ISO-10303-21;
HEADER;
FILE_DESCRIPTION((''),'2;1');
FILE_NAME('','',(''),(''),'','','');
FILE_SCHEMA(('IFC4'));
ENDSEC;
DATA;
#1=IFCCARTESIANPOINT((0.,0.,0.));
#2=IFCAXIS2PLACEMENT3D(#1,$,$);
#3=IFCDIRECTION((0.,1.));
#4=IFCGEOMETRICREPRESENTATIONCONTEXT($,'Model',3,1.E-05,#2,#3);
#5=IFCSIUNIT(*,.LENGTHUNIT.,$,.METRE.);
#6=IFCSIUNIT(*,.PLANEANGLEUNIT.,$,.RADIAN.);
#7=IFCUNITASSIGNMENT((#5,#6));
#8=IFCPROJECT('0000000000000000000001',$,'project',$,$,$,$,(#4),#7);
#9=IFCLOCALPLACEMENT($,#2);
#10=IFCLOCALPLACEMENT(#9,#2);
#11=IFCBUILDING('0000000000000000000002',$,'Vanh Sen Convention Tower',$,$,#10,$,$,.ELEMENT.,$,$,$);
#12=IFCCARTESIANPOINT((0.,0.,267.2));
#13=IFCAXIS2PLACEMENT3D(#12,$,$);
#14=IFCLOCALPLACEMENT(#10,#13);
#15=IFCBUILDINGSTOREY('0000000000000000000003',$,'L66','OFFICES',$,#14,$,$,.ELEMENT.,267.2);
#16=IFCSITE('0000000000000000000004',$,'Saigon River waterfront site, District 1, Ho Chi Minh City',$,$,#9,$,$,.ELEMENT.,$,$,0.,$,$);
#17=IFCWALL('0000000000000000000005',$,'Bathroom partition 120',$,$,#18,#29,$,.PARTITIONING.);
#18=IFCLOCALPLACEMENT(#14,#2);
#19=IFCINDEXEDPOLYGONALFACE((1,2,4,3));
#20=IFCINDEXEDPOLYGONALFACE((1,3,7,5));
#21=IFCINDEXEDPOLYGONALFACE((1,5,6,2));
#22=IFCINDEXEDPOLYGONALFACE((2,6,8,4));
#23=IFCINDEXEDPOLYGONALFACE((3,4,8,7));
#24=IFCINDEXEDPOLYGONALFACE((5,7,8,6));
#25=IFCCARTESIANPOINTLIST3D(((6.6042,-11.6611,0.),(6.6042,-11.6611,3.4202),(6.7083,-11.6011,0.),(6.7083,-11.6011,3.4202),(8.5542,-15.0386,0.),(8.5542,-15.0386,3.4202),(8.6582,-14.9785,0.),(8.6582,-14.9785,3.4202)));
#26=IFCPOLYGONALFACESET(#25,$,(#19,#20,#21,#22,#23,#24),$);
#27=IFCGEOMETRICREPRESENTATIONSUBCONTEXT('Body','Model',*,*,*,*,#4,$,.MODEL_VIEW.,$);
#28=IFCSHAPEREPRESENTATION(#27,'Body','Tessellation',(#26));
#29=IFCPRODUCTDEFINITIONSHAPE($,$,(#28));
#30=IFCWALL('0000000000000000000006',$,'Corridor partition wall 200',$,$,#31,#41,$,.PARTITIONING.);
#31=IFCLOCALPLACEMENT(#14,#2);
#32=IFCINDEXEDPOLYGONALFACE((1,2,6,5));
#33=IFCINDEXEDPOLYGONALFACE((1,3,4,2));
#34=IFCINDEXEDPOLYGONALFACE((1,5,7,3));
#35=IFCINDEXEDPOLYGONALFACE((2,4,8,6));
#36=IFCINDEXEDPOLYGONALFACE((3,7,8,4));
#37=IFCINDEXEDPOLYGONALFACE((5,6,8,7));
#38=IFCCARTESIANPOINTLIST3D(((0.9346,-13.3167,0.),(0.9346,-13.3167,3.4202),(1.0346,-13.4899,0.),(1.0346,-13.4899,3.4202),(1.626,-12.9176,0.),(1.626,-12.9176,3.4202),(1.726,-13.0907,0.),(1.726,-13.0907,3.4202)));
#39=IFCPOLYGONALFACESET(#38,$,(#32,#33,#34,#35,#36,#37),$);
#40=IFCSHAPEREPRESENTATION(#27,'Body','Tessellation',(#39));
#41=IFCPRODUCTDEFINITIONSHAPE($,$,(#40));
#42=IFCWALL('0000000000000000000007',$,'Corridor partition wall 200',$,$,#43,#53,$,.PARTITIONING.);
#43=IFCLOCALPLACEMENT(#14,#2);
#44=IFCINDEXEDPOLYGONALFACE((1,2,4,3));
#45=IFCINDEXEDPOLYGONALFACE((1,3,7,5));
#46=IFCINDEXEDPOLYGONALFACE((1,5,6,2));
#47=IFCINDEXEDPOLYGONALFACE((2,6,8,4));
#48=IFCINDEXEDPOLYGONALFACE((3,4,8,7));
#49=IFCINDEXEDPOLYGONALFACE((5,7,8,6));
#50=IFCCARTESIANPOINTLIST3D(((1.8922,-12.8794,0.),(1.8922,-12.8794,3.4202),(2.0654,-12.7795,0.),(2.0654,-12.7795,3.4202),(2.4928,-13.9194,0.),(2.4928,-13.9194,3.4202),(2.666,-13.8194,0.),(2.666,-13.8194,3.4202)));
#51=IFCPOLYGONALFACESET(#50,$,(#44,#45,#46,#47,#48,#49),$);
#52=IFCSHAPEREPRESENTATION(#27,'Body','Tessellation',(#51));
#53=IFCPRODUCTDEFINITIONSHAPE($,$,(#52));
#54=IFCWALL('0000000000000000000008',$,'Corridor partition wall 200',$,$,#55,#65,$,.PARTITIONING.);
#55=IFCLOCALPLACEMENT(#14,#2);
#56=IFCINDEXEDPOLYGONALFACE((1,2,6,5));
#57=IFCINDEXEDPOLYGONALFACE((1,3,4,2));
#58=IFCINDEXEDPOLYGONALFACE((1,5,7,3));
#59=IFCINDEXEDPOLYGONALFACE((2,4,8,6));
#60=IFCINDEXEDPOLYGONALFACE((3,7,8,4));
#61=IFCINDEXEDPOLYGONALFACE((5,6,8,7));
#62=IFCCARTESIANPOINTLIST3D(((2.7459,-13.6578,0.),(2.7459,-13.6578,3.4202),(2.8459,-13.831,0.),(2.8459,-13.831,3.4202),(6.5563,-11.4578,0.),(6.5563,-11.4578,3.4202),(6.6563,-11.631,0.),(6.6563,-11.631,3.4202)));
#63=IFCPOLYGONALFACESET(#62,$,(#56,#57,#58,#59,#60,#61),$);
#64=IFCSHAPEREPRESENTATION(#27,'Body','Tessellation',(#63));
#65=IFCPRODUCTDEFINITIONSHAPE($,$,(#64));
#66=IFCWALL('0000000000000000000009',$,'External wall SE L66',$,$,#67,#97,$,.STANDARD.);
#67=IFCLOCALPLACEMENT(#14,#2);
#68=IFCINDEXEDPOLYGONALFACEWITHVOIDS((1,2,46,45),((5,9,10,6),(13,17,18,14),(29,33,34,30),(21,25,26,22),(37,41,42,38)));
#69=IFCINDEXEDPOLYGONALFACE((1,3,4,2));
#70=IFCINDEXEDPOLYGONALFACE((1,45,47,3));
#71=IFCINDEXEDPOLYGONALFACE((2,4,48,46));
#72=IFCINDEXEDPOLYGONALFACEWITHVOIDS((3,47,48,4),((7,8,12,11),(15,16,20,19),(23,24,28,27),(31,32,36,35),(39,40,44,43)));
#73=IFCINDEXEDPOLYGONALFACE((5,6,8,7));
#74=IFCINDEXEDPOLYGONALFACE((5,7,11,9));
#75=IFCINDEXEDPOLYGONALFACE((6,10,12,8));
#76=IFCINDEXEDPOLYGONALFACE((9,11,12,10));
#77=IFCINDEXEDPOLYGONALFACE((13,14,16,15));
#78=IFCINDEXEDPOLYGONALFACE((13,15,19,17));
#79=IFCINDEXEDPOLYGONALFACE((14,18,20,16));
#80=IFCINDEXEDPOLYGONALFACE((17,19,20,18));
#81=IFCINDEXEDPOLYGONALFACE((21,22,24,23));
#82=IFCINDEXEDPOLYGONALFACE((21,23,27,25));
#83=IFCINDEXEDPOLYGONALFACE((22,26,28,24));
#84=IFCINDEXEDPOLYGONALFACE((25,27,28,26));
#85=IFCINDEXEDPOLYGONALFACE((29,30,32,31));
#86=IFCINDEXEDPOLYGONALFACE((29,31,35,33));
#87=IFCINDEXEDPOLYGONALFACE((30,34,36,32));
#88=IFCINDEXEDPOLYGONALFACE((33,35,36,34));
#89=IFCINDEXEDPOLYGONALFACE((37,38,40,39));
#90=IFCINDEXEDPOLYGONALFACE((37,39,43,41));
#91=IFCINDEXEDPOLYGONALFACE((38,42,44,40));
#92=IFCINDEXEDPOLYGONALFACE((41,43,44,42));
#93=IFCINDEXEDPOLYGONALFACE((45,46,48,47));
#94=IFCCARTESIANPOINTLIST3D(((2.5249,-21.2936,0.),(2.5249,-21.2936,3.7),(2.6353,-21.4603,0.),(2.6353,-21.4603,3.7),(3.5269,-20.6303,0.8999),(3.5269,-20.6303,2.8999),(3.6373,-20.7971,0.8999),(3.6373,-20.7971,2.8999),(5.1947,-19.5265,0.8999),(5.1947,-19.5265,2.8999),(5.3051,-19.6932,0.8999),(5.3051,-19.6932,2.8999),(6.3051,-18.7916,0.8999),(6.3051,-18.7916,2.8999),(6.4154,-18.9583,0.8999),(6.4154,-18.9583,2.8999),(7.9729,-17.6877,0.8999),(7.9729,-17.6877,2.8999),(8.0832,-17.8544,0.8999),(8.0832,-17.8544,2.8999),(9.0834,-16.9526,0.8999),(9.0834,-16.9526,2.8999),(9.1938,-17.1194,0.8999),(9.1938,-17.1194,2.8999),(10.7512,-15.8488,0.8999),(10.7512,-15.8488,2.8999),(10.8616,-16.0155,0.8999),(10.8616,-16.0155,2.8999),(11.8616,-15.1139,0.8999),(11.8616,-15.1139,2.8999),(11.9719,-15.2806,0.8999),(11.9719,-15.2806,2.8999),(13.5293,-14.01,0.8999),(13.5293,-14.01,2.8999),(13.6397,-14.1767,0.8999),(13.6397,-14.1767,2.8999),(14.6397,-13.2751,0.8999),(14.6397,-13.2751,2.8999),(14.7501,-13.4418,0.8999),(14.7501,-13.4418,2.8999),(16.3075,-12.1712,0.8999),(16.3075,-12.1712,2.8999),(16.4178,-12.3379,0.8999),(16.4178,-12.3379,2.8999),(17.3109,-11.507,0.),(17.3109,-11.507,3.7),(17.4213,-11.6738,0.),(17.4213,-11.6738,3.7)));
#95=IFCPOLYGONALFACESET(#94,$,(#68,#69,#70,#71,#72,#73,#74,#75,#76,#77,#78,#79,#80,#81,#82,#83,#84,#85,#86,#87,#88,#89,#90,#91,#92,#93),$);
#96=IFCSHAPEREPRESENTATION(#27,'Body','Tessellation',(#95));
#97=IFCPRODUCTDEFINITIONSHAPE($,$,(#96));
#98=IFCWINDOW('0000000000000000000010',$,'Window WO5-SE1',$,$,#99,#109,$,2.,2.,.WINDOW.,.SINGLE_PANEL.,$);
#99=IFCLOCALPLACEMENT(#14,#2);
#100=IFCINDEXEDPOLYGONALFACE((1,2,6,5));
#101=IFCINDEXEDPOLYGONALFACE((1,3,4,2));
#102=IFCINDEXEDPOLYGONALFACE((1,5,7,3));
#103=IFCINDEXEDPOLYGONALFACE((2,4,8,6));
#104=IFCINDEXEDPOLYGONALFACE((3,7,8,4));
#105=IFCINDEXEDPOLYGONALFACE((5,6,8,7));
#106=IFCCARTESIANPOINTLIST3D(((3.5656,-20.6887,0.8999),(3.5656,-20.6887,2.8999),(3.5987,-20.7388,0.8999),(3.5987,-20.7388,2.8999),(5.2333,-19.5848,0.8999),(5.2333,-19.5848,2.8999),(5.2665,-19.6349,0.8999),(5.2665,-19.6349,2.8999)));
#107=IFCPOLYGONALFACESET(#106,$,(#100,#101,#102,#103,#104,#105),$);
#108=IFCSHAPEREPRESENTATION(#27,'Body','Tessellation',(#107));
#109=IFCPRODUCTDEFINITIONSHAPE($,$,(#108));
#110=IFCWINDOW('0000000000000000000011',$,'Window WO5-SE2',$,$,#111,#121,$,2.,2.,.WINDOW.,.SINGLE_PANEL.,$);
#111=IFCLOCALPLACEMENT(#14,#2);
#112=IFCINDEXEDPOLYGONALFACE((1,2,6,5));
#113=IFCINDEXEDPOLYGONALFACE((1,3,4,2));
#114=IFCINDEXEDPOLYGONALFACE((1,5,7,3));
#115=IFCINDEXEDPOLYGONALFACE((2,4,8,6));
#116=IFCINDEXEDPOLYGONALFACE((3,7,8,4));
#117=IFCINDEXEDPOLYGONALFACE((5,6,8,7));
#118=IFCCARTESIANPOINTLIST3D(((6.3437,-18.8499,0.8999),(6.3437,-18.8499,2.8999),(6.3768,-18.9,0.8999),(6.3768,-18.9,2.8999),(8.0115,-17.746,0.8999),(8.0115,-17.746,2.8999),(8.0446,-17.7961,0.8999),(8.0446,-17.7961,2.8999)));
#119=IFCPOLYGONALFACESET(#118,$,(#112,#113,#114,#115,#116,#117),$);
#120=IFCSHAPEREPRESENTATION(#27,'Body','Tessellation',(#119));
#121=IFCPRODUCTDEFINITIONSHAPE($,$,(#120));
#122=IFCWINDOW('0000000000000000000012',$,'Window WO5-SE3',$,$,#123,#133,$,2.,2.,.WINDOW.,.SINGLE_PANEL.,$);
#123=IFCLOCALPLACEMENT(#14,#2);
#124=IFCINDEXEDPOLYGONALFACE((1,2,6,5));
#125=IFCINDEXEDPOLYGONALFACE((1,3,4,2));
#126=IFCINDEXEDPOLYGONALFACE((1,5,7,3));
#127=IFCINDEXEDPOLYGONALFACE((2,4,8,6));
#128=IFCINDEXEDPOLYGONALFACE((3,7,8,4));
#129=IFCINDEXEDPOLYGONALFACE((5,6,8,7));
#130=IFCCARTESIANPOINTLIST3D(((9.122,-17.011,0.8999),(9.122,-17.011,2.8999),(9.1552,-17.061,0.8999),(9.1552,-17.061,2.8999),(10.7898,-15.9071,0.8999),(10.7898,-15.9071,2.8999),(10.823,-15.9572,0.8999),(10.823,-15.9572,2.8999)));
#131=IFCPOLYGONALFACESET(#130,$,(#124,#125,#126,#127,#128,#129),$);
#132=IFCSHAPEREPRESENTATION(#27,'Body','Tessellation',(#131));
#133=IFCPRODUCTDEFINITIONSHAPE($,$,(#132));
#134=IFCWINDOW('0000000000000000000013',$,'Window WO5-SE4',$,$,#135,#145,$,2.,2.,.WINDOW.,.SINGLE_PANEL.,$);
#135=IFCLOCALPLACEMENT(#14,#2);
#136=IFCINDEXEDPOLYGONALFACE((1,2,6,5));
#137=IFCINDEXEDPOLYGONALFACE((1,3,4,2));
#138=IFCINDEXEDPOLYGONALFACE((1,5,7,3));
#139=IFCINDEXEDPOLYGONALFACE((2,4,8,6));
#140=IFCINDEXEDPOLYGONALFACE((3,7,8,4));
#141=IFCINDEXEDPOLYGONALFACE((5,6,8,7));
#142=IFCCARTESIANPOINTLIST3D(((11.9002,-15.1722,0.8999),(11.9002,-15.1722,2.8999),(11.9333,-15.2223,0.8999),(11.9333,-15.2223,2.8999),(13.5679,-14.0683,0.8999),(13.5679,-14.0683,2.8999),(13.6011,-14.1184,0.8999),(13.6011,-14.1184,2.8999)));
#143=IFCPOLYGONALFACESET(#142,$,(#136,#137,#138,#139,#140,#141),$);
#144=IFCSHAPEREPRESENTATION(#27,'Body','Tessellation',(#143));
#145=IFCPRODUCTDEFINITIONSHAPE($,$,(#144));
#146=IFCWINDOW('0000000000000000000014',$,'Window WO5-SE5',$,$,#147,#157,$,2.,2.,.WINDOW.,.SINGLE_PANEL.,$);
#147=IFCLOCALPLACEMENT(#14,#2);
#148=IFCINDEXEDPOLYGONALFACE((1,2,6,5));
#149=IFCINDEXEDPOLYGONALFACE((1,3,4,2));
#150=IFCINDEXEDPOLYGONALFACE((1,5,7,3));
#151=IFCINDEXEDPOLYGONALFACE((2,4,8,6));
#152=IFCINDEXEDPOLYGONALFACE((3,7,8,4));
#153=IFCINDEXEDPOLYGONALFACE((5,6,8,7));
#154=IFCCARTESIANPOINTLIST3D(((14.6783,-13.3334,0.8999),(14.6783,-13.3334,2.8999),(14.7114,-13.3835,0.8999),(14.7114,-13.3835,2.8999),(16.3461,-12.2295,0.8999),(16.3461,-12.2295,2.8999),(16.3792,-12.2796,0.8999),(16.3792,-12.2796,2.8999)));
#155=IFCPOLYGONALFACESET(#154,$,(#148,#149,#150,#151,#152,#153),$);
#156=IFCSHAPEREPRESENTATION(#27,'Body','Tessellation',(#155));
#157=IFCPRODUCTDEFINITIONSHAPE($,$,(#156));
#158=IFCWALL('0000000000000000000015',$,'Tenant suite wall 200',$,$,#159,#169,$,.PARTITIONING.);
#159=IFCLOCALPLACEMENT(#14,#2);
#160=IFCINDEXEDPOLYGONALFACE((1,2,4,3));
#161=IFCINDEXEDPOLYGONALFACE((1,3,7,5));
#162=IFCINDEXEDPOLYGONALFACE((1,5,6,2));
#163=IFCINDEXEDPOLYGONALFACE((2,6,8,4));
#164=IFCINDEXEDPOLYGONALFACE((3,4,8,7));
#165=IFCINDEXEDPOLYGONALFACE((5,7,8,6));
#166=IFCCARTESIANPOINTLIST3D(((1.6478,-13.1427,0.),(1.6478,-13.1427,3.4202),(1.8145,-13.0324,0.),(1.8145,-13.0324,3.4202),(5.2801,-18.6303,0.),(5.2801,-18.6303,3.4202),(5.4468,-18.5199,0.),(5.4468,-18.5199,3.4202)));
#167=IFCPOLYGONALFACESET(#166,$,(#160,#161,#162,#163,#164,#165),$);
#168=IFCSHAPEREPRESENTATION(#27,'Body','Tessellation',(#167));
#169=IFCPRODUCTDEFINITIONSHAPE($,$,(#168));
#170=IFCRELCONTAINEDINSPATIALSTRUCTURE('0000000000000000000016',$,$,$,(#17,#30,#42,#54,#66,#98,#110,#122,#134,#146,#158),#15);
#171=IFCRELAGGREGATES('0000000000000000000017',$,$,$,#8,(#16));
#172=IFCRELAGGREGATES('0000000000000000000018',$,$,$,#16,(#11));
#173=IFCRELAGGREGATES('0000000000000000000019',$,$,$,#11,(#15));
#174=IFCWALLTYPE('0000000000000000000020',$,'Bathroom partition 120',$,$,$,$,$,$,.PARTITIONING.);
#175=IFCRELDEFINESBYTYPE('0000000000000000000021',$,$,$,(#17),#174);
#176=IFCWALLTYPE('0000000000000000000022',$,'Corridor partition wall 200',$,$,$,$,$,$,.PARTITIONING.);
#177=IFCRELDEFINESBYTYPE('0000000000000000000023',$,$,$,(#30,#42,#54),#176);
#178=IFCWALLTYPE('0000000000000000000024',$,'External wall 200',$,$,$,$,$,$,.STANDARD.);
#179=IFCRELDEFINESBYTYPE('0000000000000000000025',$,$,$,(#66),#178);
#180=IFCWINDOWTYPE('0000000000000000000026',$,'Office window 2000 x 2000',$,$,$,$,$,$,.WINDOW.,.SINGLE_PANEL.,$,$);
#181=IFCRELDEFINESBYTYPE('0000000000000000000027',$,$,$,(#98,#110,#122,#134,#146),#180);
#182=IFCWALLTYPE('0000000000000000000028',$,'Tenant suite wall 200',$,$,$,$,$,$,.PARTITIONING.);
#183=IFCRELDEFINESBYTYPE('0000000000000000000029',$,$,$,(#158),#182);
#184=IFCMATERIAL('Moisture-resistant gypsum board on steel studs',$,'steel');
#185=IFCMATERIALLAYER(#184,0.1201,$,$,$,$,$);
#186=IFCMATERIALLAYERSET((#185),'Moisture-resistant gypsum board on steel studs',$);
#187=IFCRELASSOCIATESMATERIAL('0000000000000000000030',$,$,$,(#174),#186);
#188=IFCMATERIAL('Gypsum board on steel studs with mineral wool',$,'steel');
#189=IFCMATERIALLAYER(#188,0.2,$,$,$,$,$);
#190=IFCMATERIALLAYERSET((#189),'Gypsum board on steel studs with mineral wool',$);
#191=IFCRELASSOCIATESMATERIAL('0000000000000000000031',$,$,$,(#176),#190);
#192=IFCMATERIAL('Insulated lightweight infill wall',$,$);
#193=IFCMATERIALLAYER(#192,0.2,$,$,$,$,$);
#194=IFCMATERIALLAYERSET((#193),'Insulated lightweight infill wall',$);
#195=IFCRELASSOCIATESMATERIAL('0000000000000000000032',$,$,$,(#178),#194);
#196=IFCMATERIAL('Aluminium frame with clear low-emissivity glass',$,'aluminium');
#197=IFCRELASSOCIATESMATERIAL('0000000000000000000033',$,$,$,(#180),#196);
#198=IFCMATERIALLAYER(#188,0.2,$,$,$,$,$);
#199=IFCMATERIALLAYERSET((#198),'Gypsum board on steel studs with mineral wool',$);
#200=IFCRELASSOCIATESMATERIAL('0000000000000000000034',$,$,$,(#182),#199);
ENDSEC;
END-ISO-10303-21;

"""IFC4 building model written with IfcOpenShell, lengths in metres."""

from ifc_helpers import new_model, si_unit, direction, frame, frame_2d, origin, place, context, subcontext, project, spatial, rectangle, extrude, material, layer, layer_set, type_object, element, fill, save


model = new_model("IFC4")

# Units and contexts
model_context = context("Model", 3, precision=1e-05, world=origin(), true_north=direction((0.0, 1.0)))
body_context = subcontext(model_context, "Body", "Model", "MODEL_VIEW")
ifc_project = project(units=[si_unit("LENGTHUNIT", "METRE"), si_unit("PLANEANGLEUNIT", "RADIAN")], contexts=[model_context])

# Site, building, storey
site_placement = place(None, origin())
site = spatial("IfcSite", under=ifc_project, at=site_placement, Name="Saigon River waterfront site, District 1, Ho Chi Minh City", CompositionType="ELEMENT", RefElevation=0.0)
building_placement = place(site_placement, origin())
building = spatial("IfcBuilding", under=site, at=building_placement, Name="Vanh Sen Convention Tower", CompositionType="ELEMENT")
storey_placement = place(building_placement, frame((0.0, 0.0, 267.2)))
storey = spatial("IfcBuildingStorey", under=building, at=storey_placement, Name="L66", Description="OFFICES", CompositionType="ELEMENT", Elevation=267.2)

# Walls
ifc_material_1 = material(Name="Moisture-resistant gypsum board on steel studs", Category="steel")
ifc_layer_1 = layer(ifc_material_1, 0.1201)
ifc_layer_set_1 = layer_set([ifc_layer_1], Name="Moisture-resistant gypsum board on steel studs")
wall_type_1 = type_object("IfcWallType", Name="Bathroom partition 120", PredefinedType="PARTITIONING", material=ifc_layer_set_1)
wall_1_placement = place(storey_placement, frame((6.6562, -11.6311, 0.0), z_axis=(0.0, 0.0, 1.0), x_axis=(0.499997, -0.866027, 0.0)))
element("IfcWall", 1, at=wall_1_placement, inside=storey, type_object=wall_type_1, Name="Bathroom partition 120", PredefinedType="PARTITIONING", context=body_context, shape_type="SweptSolid", body=[
    extrude(rectangle(XDim=3.8999, YDim=0.1201, at=frame_2d((1.95, 0.0))), origin(), (0.0, 0.0, 1.0), 3.4202),
])
ifc_material_2 = material(Name="Gypsum board on steel studs with mineral wool", Category="steel")
ifc_layer_2 = layer(ifc_material_2, 0.2)
ifc_layer_set_2 = layer_set([ifc_layer_2], Name="Gypsum board on steel studs with mineral wool")
wall_type_2 = type_object("IfcWallType", Name="Corridor partition wall 200", PredefinedType="PARTITIONING", material=ifc_layer_set_2)
wall_2_placement = place(storey_placement, frame((0.9846, -13.4033, 0.0), z_axis=(0.0, 0.0, 1.0), x_axis=(0.866033, 0.499987, 0.0)))
element("IfcWall", 2, at=wall_2_placement, inside=storey, type_object=wall_type_2, Name="Corridor partition wall 200", PredefinedType="PARTITIONING", context=body_context, shape_type="SweptSolid", body=[
    extrude(rectangle(XDim=0.7983, YDim=0.2, at=frame_2d((0.3992, 0.0))), origin(), (0.0, 0.0, 1.0), 3.4202),
])
wall_3_placement = place(storey_placement, frame((1.9788, -12.8293, 0.0), z_axis=(0.0, 0.0, 1.0), x_axis=(0.500074, -0.865982, 0.0)))
element("IfcWall", 3, at=wall_3_placement, inside=storey, type_object=wall_type_2, Name="Corridor partition wall 200", PredefinedType="PARTITIONING", context=body_context, shape_type="SweptSolid", body=[
    extrude(rectangle(XDim=1.2009, YDim=0.2, at=frame_2d((0.6006, 0.0))), origin(), (0.0, 0.0, 1.0), 3.4202),
])
wall_4_placement = place(storey_placement, frame((2.7959, -13.7444, 0.0), z_axis=(0.0, 0.0, 1.0), x_axis=(0.866018, 0.500012, 0.0)))
element("IfcWall", 4, at=wall_4_placement, inside=storey, type_object=wall_type_2, Name="Corridor partition wall 200", PredefinedType="PARTITIONING", context=body_context, shape_type="SweptSolid", body=[
    extrude(rectangle(XDim=4.3999, YDim=0.2, at=frame_2d((2.2, 0.0))), origin(), (0.0, 0.0, 1.0), 3.4202),
])

# Wall, openings, windows
ifc_material_3 = material(Name="Insulated lightweight infill wall")
ifc_layer_3 = layer(ifc_material_3, 0.2)
ifc_layer_set_3 = layer_set([ifc_layer_3], Name="Insulated lightweight infill wall")
wall_type_3 = type_object("IfcWallType", Name="External wall 200", PredefinedType="STANDARD", material=ifc_layer_set_3)
wall_5_placement = place(storey_placement, frame((2.5801, -21.377, 0.0), z_axis=(0.0, 0.0, 1.0), x_axis=(0.833889, 0.551933, 0.0)))
wall_5 = element("IfcWall", 5, at=wall_5_placement, inside=storey, type_object=wall_type_3, Name="External wall SE L66", PredefinedType="STANDARD", context=body_context, shape_type="SweptSolid", body=[
    extrude(rectangle(XDim=17.7314, YDim=0.2, at=frame_2d((8.8657, 0.0))), origin(), (0.0, 0.0, 1.0), 3.7),
])
opening_1_placement = place(wall_5_placement, frame((1.2017, 0.0, 0.8999)))
opening_1 = element("IfcOpeningElement", 6, at=opening_1_placement, cuts=wall_5, PredefinedType="OPENING", context=body_context, shape_type="SweptSolid", body=[
    extrude(rectangle(XDim=2.0, YDim=2.0, at=frame_2d((1.0, 1.0))), frame((0.0, 0.1099, 0.0), z_axis=(0.0, -1.0, 0.0), x_axis=(1.0, 0.0, 0.0)), (0.0, 0.0, 1.0), 0.22),
])
opening_2_placement = place(wall_5_placement, frame((4.5332, 0.0, 0.8999)))
opening_2 = element("IfcOpeningElement", 7, at=opening_2_placement, cuts=wall_5, PredefinedType="OPENING", context=body_context, shape_type="SweptSolid", body=[
    extrude(rectangle(XDim=2.0, YDim=2.0, at=frame_2d((1.0, 1.0))), frame((0.0, 0.1099, 0.0), z_axis=(0.0, -1.0, 0.0), x_axis=(1.0, 0.0, 0.0)), (0.0, 0.0, 1.0), 0.22),
])
opening_3_placement = place(wall_5_placement, frame((7.865, 0.0, 0.8999)))
opening_3 = element("IfcOpeningElement", 8, at=opening_3_placement, cuts=wall_5, PredefinedType="OPENING", context=body_context, shape_type="SweptSolid", body=[
    extrude(rectangle(XDim=2.0, YDim=2.0, at=frame_2d((1.0, 1.0))), frame((0.0, 0.1099, 0.0), z_axis=(0.0, -1.0, 0.0), x_axis=(1.0, 0.0, 0.0)), (0.0, 0.0, 1.0), 0.22),
])
opening_4_placement = place(wall_5_placement, frame((11.1965, 0.0, 0.8999)))
opening_4 = element("IfcOpeningElement", 9, at=opening_4_placement, cuts=wall_5, PredefinedType="OPENING", context=body_context, shape_type="SweptSolid", body=[
    extrude(rectangle(XDim=2.0, YDim=2.0, at=frame_2d((1.0, 1.0))), frame((0.0, 0.1099, 0.0), z_axis=(0.0, -1.0, 0.0), x_axis=(1.0, 0.0, 0.0)), (0.0, 0.0, 1.0), 0.22),
])
opening_5_placement = place(wall_5_placement, frame((14.5281, 0.0, 0.8999)))
opening_5 = element("IfcOpeningElement", 10, at=opening_5_placement, cuts=wall_5, PredefinedType="OPENING", context=body_context, shape_type="SweptSolid", body=[
    extrude(rectangle(XDim=2.0, YDim=2.0, at=frame_2d((1.0, 1.0))), frame((0.0, 0.1099, 0.0), z_axis=(0.0, -1.0, 0.0), x_axis=(1.0, 0.0, 0.0)), (0.0, 0.0, 1.0), 0.22),
])
ifc_material_4 = material(Name="Aluminium frame with clear low-emissivity glass", Category="aluminium")
window_type = type_object("IfcWindowType", Name="Office window 2000 x 2000", PartitioningType="SINGLE_PANEL", PredefinedType="WINDOW", material=ifc_material_4)
window_1_placement = place(opening_1_placement, origin())
window_1 = element("IfcWindow", 11, at=window_1_placement, inside=storey, type_object=window_type, Name="Window WO5-SE1", OverallHeight=2.0, OverallWidth=2.0, PartitioningType="SINGLE_PANEL", PredefinedType="WINDOW", context=body_context, shape_type="SweptSolid", body=[
    extrude(rectangle(XDim=2.0, YDim=2.0, at=frame_2d((1.0, 1.0))), frame((0.0, 0.03, 0.0), z_axis=(0.0, -1.0, 0.0), x_axis=(1.0, 0.0, 0.0)), (0.0, 0.0, 1.0), 0.0601),
])
fill(opening_1, window_1)
window_2_placement = place(opening_2_placement, origin())
window_2 = element("IfcWindow", 12, at=window_2_placement, inside=storey, type_object=window_type, Name="Window WO5-SE2", OverallHeight=2.0, OverallWidth=2.0, PartitioningType="SINGLE_PANEL", PredefinedType="WINDOW", context=body_context, shape_type="SweptSolid", body=[
    extrude(rectangle(XDim=2.0, YDim=2.0, at=frame_2d((1.0, 1.0))), frame((0.0, 0.03, 0.0), z_axis=(0.0, -1.0, 0.0), x_axis=(1.0, 0.0, 0.0)), (0.0, 0.0, 1.0), 0.0601),
])
fill(opening_2, window_2)
window_3_placement = place(opening_3_placement, origin())
window_3 = element("IfcWindow", 13, at=window_3_placement, inside=storey, type_object=window_type, Name="Window WO5-SE3", OverallHeight=2.0, OverallWidth=2.0, PartitioningType="SINGLE_PANEL", PredefinedType="WINDOW", context=body_context, shape_type="SweptSolid", body=[
    extrude(rectangle(XDim=2.0, YDim=2.0, at=frame_2d((1.0, 1.0))), frame((0.0, 0.03, 0.0), z_axis=(0.0, -1.0, 0.0), x_axis=(1.0, 0.0, 0.0)), (0.0, 0.0, 1.0), 0.0601),
])
fill(opening_3, window_3)
window_4_placement = place(opening_4_placement, origin())
window_4 = element("IfcWindow", 14, at=window_4_placement, inside=storey, type_object=window_type, Name="Window WO5-SE4", OverallHeight=2.0, OverallWidth=2.0, PartitioningType="SINGLE_PANEL", PredefinedType="WINDOW", context=body_context, shape_type="SweptSolid", body=[
    extrude(rectangle(XDim=2.0, YDim=2.0, at=frame_2d((1.0, 1.0))), frame((0.0, 0.03, 0.0), z_axis=(0.0, -1.0, 0.0), x_axis=(1.0, 0.0, 0.0)), (0.0, 0.0, 1.0), 0.0601),
])
fill(opening_4, window_4)
window_5_placement = place(opening_5_placement, origin())
window_5 = element("IfcWindow", 15, at=window_5_placement, inside=storey, type_object=window_type, Name="Window WO5-SE5", OverallHeight=2.0, OverallWidth=2.0, PartitioningType="SINGLE_PANEL", PredefinedType="WINDOW", context=body_context, shape_type="SweptSolid", body=[
    extrude(rectangle(XDim=2.0, YDim=2.0, at=frame_2d((1.0, 1.0))), frame((0.0, 0.03, 0.0), z_axis=(0.0, -1.0, 0.0), x_axis=(1.0, 0.0, 0.0)), (0.0, 0.0, 1.0), 0.0601),
])
fill(opening_5, window_5)

# Wall
ifc_layer_4 = layer(ifc_material_2, 0.2)
ifc_layer_set_4 = layer_set([ifc_layer_4], Name="Gypsum board on steel studs with mineral wool")
wall_type_4 = type_object("IfcWallType", Name="Tenant suite wall 200", PredefinedType="PARTITIONING", material=ifc_layer_set_4)
wall_6_placement = place(storey_placement, frame((5.3635, -18.5752, 0.0), z_axis=(0.0, 0.0, 1.0), x_axis=(-0.551958, 0.833872, 0.0)))
element("IfcWall", 16, at=wall_6_placement, inside=storey, type_object=wall_type_4, Name="Tenant suite wall 200", PredefinedType="PARTITIONING", context=body_context, shape_type="SweptSolid", body=[
    extrude(rectangle(XDim=6.5808, YDim=0.2, at=frame_2d((3.2905, 0.0))), origin(), (0.0, 0.0, 1.0), 3.4202),
])

save(model, "model.ifc")
